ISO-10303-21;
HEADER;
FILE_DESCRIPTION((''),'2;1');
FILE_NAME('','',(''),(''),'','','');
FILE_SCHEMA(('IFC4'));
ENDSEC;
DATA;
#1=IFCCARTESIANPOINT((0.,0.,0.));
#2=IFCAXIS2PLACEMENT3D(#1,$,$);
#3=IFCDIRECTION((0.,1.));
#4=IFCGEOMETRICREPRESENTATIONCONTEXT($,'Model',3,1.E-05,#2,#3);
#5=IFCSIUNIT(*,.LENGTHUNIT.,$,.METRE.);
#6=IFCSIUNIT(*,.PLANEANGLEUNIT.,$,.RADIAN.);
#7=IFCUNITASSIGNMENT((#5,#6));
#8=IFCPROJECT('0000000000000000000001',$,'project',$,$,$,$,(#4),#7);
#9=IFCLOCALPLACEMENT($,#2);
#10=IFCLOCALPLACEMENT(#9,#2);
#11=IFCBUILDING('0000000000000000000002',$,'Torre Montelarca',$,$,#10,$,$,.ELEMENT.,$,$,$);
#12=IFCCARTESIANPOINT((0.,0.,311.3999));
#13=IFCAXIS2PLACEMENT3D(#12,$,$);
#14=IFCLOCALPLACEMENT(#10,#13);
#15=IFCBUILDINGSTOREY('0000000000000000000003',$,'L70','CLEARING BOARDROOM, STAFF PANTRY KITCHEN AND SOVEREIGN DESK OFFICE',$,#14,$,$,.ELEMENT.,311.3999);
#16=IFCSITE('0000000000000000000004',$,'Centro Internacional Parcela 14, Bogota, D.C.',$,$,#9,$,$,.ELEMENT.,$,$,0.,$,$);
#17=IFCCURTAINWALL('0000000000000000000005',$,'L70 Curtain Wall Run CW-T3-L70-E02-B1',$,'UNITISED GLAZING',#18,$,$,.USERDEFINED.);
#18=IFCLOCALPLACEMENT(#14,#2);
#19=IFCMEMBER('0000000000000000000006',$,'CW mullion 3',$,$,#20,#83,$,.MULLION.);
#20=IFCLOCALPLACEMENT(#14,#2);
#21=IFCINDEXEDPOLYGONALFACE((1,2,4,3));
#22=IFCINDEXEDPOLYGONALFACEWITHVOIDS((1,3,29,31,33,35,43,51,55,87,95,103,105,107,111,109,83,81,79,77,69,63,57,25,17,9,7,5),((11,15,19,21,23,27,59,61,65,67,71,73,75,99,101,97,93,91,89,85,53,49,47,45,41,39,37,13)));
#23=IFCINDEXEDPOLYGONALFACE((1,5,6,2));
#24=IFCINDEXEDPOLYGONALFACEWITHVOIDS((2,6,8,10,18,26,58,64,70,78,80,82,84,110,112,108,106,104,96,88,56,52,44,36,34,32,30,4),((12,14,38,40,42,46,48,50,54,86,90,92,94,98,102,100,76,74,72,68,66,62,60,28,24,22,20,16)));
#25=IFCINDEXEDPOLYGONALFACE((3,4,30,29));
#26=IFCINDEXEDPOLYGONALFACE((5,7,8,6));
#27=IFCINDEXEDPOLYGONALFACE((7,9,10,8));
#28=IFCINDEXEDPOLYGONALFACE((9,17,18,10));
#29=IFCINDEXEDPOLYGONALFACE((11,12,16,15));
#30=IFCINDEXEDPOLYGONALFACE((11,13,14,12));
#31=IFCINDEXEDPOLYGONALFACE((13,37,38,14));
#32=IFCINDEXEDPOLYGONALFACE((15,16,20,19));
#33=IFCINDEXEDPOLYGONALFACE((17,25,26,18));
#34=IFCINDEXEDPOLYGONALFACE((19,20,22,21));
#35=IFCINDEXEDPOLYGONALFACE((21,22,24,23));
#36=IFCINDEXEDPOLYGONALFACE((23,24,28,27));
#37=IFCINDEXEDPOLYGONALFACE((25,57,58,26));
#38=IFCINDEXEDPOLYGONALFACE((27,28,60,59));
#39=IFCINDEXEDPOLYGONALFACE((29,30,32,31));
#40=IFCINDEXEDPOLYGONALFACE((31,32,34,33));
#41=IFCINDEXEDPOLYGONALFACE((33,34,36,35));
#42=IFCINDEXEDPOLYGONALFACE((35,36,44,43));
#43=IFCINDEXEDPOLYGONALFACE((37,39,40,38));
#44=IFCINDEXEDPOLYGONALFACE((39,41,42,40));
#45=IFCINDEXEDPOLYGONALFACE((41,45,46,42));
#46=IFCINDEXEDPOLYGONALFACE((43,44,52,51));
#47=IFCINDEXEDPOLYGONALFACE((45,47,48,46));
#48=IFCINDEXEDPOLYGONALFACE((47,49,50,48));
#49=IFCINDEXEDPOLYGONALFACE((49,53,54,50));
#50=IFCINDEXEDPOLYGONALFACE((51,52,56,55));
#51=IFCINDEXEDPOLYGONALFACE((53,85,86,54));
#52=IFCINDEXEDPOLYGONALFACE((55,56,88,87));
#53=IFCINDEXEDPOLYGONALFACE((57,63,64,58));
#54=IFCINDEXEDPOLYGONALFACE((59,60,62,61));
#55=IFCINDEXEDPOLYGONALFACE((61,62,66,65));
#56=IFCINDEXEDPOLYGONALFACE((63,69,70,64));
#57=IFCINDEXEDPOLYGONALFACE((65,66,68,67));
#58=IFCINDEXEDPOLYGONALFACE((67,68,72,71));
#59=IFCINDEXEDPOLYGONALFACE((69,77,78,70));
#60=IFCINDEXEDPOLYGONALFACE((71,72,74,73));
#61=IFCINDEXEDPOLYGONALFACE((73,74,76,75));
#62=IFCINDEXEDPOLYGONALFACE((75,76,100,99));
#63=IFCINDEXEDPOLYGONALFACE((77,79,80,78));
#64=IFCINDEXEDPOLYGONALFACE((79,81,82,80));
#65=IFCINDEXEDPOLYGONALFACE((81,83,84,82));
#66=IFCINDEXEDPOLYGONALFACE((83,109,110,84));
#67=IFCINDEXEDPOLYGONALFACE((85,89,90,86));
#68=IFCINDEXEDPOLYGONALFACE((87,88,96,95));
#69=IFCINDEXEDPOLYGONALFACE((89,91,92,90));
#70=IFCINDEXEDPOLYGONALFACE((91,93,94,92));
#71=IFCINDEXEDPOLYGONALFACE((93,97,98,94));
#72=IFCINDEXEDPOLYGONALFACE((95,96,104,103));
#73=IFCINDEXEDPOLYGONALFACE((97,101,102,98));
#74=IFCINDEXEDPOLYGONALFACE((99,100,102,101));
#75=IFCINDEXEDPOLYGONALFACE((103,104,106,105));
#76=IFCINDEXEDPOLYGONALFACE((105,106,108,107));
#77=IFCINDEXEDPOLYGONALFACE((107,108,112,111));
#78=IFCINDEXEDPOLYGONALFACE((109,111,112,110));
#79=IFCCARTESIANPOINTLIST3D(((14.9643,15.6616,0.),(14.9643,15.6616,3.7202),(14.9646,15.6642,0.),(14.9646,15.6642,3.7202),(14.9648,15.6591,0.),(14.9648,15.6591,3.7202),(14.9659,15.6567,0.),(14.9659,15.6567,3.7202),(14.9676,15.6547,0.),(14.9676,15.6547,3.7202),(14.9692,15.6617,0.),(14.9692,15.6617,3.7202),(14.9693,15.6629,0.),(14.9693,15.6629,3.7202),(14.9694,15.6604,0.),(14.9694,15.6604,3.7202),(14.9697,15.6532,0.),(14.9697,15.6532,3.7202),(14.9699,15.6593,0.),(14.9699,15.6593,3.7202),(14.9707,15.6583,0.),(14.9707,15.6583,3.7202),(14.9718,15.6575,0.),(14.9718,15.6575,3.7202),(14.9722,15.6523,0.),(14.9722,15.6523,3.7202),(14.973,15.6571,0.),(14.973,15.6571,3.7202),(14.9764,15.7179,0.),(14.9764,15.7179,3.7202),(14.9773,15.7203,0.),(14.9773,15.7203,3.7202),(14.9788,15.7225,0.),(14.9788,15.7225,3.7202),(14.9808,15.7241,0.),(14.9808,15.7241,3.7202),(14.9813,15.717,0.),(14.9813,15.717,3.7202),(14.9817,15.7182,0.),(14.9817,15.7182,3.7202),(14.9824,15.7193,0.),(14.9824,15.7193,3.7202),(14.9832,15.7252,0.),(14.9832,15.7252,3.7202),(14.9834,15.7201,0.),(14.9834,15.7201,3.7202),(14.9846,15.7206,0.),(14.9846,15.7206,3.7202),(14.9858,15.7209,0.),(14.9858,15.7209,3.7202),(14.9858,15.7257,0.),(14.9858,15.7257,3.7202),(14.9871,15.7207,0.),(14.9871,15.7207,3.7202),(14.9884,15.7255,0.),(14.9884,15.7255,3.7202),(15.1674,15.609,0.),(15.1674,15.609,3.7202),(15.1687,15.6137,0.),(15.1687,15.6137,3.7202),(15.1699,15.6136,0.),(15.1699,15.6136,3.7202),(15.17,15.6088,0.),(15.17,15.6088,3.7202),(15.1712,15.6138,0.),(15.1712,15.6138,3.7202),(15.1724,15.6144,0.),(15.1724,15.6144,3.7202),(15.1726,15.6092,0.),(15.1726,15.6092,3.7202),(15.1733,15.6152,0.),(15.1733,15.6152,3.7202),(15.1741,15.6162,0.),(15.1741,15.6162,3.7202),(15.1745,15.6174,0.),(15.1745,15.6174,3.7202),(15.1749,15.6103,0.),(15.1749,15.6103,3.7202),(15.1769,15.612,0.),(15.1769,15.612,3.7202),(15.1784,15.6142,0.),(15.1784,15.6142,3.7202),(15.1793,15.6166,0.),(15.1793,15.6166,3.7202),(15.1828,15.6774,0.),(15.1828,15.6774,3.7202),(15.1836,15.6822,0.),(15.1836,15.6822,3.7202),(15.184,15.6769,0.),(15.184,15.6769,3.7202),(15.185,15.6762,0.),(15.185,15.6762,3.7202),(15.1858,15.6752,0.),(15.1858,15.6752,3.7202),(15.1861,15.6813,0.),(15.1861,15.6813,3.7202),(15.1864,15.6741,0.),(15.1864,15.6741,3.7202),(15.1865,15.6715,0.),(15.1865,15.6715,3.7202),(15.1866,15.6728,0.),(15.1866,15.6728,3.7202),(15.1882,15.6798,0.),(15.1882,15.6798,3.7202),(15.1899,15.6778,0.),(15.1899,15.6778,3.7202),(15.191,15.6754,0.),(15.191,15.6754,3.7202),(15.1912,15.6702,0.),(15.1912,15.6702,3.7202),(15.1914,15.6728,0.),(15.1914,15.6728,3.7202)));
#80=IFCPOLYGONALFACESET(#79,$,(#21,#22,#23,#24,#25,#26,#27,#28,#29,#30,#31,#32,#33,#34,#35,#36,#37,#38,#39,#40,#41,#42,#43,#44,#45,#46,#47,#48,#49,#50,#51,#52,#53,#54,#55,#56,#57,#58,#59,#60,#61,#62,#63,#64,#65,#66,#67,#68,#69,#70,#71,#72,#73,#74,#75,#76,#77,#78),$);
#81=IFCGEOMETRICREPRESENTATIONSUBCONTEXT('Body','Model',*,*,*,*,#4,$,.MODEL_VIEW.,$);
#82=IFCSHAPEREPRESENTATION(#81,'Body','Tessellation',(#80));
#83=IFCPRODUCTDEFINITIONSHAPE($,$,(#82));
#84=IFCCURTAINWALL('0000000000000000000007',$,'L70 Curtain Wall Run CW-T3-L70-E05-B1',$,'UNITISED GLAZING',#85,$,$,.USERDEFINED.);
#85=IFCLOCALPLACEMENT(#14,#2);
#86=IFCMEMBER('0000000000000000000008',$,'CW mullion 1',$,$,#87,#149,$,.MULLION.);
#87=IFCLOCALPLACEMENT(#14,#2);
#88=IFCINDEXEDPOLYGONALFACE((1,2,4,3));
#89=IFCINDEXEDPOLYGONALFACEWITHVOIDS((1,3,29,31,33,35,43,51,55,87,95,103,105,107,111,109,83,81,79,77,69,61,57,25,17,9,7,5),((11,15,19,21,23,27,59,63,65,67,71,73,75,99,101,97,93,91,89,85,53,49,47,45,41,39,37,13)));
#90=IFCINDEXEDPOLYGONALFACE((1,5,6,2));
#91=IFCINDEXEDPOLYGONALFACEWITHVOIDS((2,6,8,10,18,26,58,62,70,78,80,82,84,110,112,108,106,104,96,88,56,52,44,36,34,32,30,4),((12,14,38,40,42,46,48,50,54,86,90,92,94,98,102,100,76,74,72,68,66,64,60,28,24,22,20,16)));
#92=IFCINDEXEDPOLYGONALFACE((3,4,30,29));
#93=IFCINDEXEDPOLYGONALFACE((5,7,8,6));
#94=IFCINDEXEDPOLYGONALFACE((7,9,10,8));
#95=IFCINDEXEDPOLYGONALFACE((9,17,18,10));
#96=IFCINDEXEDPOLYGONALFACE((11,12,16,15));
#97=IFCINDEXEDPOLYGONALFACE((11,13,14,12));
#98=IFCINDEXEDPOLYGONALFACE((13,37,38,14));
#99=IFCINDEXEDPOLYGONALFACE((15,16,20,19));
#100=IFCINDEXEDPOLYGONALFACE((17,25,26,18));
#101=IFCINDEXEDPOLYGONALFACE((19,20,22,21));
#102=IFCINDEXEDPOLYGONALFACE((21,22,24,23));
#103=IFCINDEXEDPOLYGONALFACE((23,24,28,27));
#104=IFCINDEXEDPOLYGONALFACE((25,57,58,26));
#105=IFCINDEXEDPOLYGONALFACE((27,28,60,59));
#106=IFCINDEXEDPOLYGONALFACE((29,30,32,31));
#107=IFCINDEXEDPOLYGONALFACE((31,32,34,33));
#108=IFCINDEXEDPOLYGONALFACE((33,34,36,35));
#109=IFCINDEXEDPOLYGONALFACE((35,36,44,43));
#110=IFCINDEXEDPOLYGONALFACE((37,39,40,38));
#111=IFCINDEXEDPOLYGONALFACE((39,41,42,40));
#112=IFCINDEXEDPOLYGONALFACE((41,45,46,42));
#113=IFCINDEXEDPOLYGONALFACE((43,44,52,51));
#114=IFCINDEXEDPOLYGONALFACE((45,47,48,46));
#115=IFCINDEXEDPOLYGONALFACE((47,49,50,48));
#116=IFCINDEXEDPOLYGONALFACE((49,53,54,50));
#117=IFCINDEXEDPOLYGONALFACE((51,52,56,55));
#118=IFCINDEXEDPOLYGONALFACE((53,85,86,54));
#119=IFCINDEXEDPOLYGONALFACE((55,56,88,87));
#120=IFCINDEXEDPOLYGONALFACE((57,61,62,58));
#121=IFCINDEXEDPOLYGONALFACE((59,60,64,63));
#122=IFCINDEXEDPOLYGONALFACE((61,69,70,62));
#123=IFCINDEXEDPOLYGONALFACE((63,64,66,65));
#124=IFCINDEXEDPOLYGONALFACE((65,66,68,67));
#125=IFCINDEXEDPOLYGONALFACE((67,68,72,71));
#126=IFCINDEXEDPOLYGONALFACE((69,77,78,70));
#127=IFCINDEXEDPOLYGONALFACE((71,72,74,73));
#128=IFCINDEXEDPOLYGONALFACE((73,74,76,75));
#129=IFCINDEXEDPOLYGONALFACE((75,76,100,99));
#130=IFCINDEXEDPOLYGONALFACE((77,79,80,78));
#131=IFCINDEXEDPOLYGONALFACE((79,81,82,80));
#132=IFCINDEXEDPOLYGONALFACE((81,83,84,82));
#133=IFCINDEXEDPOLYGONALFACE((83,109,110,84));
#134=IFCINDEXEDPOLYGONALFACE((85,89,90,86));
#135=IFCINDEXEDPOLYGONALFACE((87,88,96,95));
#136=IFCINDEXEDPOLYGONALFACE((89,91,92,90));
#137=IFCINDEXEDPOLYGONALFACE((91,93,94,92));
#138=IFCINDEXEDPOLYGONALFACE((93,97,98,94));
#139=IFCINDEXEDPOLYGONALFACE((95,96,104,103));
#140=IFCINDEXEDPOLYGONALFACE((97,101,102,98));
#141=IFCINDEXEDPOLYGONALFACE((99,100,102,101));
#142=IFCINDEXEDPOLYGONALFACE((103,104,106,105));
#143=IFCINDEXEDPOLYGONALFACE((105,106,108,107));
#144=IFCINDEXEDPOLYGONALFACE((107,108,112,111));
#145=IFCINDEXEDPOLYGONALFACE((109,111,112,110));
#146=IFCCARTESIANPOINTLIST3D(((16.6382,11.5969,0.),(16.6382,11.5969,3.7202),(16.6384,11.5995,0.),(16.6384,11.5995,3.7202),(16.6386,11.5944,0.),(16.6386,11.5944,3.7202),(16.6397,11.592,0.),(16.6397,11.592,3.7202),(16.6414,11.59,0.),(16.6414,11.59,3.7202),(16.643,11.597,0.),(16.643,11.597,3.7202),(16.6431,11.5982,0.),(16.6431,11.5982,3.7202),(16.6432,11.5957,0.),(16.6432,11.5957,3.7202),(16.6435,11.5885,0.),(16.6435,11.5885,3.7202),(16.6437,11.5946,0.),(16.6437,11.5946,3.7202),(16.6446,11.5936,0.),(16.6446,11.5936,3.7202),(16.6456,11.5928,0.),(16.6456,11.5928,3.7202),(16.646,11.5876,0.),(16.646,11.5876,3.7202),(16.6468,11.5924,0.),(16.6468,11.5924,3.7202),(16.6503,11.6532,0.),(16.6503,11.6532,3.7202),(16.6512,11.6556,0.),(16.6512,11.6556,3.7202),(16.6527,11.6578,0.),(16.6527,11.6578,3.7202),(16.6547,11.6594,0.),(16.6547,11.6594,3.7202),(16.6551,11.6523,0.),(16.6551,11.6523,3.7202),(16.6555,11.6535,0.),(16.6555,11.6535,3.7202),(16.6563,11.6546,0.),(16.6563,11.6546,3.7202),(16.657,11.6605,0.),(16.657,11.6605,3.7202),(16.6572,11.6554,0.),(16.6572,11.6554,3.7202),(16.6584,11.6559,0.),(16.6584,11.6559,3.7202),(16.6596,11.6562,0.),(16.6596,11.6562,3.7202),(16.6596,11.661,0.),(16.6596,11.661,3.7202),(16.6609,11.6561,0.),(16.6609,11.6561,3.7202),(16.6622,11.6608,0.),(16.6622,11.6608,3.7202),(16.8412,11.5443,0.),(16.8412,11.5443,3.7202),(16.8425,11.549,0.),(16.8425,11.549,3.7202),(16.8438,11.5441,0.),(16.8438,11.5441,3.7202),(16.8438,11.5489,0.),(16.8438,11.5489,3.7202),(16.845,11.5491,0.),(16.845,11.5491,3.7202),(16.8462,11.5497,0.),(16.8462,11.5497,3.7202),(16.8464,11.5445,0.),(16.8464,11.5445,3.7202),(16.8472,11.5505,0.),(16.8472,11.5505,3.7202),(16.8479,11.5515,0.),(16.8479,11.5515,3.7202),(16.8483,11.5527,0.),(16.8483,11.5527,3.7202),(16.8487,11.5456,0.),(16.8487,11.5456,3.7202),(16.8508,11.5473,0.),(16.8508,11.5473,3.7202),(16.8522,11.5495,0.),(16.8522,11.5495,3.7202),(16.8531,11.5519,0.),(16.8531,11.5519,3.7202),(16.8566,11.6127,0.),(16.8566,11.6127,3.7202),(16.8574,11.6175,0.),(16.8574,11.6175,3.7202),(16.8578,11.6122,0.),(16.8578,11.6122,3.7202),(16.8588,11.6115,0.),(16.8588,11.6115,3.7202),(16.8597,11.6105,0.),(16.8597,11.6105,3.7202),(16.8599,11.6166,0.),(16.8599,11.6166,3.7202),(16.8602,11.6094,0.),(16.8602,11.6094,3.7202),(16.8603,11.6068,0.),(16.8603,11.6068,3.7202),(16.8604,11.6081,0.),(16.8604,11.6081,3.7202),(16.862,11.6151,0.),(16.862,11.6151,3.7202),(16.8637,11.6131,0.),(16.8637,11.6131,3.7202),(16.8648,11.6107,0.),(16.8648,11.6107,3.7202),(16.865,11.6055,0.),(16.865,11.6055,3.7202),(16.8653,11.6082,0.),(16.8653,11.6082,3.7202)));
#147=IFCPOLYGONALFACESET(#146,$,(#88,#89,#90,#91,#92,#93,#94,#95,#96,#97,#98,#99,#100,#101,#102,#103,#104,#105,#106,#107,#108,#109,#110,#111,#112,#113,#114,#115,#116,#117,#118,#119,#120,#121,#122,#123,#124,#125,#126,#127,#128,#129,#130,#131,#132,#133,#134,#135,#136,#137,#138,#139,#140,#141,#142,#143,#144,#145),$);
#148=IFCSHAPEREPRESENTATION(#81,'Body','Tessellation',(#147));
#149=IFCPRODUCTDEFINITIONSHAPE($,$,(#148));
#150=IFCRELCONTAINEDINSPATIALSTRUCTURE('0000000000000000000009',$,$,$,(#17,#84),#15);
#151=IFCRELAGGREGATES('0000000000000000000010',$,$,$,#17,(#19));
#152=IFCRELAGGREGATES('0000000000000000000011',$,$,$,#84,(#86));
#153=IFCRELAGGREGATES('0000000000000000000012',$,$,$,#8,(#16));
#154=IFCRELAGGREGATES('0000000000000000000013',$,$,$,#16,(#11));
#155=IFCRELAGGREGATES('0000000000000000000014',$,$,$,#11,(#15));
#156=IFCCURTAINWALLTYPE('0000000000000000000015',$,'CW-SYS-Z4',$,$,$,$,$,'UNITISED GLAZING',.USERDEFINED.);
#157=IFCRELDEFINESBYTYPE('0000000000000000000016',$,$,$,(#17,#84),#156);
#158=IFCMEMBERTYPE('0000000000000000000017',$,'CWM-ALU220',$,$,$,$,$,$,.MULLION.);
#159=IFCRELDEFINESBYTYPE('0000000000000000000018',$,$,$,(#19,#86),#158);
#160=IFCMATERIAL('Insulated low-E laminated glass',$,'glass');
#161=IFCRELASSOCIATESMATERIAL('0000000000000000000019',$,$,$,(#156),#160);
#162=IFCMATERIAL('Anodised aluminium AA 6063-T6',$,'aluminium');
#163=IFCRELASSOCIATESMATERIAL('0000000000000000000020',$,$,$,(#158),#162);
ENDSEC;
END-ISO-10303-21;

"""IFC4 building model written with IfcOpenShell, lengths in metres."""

from ifc_helpers import new_model, si_unit, direction, frame, origin, origin_2d, place, context, subcontext, project, spatial, hollow_rectangle, extrude, source, transform, mapped, material, material_profile, profile_set, type_object, element, aggregate, save


model = new_model("IFC4")

# Units and contexts
model_context = context("Model", 3, precision=1e-05, world=origin(), true_north=direction((0.0, 1.0)))
body_context = subcontext(model_context, "Body", "Model", "MODEL_VIEW")
ifc_project = project(units=[si_unit("LENGTHUNIT", "METRE"), si_unit("PLANEANGLEUNIT", "RADIAN")], contexts=[model_context])

# Site, building, storey
site_placement = place(None, origin())
site = spatial("IfcSite", under=ifc_project, at=site_placement, Name="Centro Internacional Parcela 14, Bogota, D.C.", CompositionType="ELEMENT", RefElevation=0.0)
building_placement = place(site_placement, origin())
building = spatial("IfcBuilding", under=site, at=building_placement, Name="Torre Montelarca", CompositionType="ELEMENT")
storey_placement = place(building_placement, frame((0.0, 0.0, 311.3999)))
storey = spatial("IfcBuildingStorey", under=building, at=storey_placement, Name="L70", Description="CLEARING BOARDROOM, STAFF PANTRY KITCHEN AND SOVEREIGN DESK OFFICE", CompositionType="ELEMENT", Elevation=311.3999)

# Curtain walls, members
ifc_material_1 = material(Name="Insulated low-E laminated glass", Category="glass")
curtain_wall_type = type_object("IfcCurtainWallType", Name="CW-SYS-Z4", ElementType="UNITISED GLAZING", PredefinedType="USERDEFINED", material=ifc_material_1)
curtain_wall_1_placement = place(storey_placement, origin())
curtain_wall_1 = element("IfcCurtainWall", 1, at=curtain_wall_1_placement, inside=storey, type_object=curtain_wall_type, Name="L70 Curtain Wall Run CW-T3-L70-E02-B1", ObjectType="UNITISED GLAZING", PredefinedType="USERDEFINED")
ifc_material_2 = material(Name="Anodised aluminium AA 6063-T6", Category="aluminium")
ifc_material_profile_1 = material_profile(ifc_material_2, hollow_rectangle(XDim=0.075, YDim=0.22, WallThickness=0.0049, InnerFilletRadius=0.0049, OuterFilletRadius=0.01, at=origin_2d()), Name="ALU75X220X5", Category="aluminium")
ifc_profile_set_1 = profile_set([ifc_material_profile_1], Name="Anodised aluminium AA 6063-T6")
member_type_1 = type_object("IfcMemberType", Name="CWM-ALU220", PredefinedType="MULLION", material=ifc_profile_set_1)
shared_shape_1 = source(origin(), body_context, "Body", "SweptSolid", [
    extrude(hollow_rectangle(XDim=0.075, YDim=0.22, WallThickness=0.0049, InnerFilletRadius=0.0049, OuterFilletRadius=0.01, at=origin_2d()), origin(), (0.0, 0.0, 1.0), 3.7202),
])
member_1_placement = place(storey_placement, frame((15.0779, 15.6672, 0.0), z_axis=(0.0, 0.0, 1.0), x_axis=(0.216449, 0.976294, 0.0)))
member_1 = element("IfcMember", 2, at=member_1_placement, type_object=member_type_1, Name="CW mullion 3", PredefinedType="MULLION", context=body_context, shape_type="MappedRepresentation", body=[
    mapped(shared_shape_1, transform((0.0, 0.0, 0.0), scale=1.0)),
])
curtain_wall_2_placement = place(storey_placement, origin())
curtain_wall_2 = element("IfcCurtainWall", 3, at=curtain_wall_2_placement, inside=storey, type_object=curtain_wall_type, Name="L70 Curtain Wall Run CW-T3-L70-E05-B1", ObjectType="UNITISED GLAZING", PredefinedType="USERDEFINED")
member_2_placement = place(storey_placement, frame((16.7517, 11.6025, 0.0), z_axis=(0.0, 0.0, 1.0), x_axis=(0.216439, 0.976296, 0.0)))
member_2 = element("IfcMember", 4, at=member_2_placement, type_object=member_type_1, Name="CW mullion 1", PredefinedType="MULLION", context=body_context, shape_type="MappedRepresentation", body=[
    mapped(shared_shape_1, transform((0.0, 0.0, 0.0), scale=1.0)),
])

aggregate(curtain_wall_1, [member_1])
aggregate(curtain_wall_2, [member_2])

save(model, "model.ifc")
